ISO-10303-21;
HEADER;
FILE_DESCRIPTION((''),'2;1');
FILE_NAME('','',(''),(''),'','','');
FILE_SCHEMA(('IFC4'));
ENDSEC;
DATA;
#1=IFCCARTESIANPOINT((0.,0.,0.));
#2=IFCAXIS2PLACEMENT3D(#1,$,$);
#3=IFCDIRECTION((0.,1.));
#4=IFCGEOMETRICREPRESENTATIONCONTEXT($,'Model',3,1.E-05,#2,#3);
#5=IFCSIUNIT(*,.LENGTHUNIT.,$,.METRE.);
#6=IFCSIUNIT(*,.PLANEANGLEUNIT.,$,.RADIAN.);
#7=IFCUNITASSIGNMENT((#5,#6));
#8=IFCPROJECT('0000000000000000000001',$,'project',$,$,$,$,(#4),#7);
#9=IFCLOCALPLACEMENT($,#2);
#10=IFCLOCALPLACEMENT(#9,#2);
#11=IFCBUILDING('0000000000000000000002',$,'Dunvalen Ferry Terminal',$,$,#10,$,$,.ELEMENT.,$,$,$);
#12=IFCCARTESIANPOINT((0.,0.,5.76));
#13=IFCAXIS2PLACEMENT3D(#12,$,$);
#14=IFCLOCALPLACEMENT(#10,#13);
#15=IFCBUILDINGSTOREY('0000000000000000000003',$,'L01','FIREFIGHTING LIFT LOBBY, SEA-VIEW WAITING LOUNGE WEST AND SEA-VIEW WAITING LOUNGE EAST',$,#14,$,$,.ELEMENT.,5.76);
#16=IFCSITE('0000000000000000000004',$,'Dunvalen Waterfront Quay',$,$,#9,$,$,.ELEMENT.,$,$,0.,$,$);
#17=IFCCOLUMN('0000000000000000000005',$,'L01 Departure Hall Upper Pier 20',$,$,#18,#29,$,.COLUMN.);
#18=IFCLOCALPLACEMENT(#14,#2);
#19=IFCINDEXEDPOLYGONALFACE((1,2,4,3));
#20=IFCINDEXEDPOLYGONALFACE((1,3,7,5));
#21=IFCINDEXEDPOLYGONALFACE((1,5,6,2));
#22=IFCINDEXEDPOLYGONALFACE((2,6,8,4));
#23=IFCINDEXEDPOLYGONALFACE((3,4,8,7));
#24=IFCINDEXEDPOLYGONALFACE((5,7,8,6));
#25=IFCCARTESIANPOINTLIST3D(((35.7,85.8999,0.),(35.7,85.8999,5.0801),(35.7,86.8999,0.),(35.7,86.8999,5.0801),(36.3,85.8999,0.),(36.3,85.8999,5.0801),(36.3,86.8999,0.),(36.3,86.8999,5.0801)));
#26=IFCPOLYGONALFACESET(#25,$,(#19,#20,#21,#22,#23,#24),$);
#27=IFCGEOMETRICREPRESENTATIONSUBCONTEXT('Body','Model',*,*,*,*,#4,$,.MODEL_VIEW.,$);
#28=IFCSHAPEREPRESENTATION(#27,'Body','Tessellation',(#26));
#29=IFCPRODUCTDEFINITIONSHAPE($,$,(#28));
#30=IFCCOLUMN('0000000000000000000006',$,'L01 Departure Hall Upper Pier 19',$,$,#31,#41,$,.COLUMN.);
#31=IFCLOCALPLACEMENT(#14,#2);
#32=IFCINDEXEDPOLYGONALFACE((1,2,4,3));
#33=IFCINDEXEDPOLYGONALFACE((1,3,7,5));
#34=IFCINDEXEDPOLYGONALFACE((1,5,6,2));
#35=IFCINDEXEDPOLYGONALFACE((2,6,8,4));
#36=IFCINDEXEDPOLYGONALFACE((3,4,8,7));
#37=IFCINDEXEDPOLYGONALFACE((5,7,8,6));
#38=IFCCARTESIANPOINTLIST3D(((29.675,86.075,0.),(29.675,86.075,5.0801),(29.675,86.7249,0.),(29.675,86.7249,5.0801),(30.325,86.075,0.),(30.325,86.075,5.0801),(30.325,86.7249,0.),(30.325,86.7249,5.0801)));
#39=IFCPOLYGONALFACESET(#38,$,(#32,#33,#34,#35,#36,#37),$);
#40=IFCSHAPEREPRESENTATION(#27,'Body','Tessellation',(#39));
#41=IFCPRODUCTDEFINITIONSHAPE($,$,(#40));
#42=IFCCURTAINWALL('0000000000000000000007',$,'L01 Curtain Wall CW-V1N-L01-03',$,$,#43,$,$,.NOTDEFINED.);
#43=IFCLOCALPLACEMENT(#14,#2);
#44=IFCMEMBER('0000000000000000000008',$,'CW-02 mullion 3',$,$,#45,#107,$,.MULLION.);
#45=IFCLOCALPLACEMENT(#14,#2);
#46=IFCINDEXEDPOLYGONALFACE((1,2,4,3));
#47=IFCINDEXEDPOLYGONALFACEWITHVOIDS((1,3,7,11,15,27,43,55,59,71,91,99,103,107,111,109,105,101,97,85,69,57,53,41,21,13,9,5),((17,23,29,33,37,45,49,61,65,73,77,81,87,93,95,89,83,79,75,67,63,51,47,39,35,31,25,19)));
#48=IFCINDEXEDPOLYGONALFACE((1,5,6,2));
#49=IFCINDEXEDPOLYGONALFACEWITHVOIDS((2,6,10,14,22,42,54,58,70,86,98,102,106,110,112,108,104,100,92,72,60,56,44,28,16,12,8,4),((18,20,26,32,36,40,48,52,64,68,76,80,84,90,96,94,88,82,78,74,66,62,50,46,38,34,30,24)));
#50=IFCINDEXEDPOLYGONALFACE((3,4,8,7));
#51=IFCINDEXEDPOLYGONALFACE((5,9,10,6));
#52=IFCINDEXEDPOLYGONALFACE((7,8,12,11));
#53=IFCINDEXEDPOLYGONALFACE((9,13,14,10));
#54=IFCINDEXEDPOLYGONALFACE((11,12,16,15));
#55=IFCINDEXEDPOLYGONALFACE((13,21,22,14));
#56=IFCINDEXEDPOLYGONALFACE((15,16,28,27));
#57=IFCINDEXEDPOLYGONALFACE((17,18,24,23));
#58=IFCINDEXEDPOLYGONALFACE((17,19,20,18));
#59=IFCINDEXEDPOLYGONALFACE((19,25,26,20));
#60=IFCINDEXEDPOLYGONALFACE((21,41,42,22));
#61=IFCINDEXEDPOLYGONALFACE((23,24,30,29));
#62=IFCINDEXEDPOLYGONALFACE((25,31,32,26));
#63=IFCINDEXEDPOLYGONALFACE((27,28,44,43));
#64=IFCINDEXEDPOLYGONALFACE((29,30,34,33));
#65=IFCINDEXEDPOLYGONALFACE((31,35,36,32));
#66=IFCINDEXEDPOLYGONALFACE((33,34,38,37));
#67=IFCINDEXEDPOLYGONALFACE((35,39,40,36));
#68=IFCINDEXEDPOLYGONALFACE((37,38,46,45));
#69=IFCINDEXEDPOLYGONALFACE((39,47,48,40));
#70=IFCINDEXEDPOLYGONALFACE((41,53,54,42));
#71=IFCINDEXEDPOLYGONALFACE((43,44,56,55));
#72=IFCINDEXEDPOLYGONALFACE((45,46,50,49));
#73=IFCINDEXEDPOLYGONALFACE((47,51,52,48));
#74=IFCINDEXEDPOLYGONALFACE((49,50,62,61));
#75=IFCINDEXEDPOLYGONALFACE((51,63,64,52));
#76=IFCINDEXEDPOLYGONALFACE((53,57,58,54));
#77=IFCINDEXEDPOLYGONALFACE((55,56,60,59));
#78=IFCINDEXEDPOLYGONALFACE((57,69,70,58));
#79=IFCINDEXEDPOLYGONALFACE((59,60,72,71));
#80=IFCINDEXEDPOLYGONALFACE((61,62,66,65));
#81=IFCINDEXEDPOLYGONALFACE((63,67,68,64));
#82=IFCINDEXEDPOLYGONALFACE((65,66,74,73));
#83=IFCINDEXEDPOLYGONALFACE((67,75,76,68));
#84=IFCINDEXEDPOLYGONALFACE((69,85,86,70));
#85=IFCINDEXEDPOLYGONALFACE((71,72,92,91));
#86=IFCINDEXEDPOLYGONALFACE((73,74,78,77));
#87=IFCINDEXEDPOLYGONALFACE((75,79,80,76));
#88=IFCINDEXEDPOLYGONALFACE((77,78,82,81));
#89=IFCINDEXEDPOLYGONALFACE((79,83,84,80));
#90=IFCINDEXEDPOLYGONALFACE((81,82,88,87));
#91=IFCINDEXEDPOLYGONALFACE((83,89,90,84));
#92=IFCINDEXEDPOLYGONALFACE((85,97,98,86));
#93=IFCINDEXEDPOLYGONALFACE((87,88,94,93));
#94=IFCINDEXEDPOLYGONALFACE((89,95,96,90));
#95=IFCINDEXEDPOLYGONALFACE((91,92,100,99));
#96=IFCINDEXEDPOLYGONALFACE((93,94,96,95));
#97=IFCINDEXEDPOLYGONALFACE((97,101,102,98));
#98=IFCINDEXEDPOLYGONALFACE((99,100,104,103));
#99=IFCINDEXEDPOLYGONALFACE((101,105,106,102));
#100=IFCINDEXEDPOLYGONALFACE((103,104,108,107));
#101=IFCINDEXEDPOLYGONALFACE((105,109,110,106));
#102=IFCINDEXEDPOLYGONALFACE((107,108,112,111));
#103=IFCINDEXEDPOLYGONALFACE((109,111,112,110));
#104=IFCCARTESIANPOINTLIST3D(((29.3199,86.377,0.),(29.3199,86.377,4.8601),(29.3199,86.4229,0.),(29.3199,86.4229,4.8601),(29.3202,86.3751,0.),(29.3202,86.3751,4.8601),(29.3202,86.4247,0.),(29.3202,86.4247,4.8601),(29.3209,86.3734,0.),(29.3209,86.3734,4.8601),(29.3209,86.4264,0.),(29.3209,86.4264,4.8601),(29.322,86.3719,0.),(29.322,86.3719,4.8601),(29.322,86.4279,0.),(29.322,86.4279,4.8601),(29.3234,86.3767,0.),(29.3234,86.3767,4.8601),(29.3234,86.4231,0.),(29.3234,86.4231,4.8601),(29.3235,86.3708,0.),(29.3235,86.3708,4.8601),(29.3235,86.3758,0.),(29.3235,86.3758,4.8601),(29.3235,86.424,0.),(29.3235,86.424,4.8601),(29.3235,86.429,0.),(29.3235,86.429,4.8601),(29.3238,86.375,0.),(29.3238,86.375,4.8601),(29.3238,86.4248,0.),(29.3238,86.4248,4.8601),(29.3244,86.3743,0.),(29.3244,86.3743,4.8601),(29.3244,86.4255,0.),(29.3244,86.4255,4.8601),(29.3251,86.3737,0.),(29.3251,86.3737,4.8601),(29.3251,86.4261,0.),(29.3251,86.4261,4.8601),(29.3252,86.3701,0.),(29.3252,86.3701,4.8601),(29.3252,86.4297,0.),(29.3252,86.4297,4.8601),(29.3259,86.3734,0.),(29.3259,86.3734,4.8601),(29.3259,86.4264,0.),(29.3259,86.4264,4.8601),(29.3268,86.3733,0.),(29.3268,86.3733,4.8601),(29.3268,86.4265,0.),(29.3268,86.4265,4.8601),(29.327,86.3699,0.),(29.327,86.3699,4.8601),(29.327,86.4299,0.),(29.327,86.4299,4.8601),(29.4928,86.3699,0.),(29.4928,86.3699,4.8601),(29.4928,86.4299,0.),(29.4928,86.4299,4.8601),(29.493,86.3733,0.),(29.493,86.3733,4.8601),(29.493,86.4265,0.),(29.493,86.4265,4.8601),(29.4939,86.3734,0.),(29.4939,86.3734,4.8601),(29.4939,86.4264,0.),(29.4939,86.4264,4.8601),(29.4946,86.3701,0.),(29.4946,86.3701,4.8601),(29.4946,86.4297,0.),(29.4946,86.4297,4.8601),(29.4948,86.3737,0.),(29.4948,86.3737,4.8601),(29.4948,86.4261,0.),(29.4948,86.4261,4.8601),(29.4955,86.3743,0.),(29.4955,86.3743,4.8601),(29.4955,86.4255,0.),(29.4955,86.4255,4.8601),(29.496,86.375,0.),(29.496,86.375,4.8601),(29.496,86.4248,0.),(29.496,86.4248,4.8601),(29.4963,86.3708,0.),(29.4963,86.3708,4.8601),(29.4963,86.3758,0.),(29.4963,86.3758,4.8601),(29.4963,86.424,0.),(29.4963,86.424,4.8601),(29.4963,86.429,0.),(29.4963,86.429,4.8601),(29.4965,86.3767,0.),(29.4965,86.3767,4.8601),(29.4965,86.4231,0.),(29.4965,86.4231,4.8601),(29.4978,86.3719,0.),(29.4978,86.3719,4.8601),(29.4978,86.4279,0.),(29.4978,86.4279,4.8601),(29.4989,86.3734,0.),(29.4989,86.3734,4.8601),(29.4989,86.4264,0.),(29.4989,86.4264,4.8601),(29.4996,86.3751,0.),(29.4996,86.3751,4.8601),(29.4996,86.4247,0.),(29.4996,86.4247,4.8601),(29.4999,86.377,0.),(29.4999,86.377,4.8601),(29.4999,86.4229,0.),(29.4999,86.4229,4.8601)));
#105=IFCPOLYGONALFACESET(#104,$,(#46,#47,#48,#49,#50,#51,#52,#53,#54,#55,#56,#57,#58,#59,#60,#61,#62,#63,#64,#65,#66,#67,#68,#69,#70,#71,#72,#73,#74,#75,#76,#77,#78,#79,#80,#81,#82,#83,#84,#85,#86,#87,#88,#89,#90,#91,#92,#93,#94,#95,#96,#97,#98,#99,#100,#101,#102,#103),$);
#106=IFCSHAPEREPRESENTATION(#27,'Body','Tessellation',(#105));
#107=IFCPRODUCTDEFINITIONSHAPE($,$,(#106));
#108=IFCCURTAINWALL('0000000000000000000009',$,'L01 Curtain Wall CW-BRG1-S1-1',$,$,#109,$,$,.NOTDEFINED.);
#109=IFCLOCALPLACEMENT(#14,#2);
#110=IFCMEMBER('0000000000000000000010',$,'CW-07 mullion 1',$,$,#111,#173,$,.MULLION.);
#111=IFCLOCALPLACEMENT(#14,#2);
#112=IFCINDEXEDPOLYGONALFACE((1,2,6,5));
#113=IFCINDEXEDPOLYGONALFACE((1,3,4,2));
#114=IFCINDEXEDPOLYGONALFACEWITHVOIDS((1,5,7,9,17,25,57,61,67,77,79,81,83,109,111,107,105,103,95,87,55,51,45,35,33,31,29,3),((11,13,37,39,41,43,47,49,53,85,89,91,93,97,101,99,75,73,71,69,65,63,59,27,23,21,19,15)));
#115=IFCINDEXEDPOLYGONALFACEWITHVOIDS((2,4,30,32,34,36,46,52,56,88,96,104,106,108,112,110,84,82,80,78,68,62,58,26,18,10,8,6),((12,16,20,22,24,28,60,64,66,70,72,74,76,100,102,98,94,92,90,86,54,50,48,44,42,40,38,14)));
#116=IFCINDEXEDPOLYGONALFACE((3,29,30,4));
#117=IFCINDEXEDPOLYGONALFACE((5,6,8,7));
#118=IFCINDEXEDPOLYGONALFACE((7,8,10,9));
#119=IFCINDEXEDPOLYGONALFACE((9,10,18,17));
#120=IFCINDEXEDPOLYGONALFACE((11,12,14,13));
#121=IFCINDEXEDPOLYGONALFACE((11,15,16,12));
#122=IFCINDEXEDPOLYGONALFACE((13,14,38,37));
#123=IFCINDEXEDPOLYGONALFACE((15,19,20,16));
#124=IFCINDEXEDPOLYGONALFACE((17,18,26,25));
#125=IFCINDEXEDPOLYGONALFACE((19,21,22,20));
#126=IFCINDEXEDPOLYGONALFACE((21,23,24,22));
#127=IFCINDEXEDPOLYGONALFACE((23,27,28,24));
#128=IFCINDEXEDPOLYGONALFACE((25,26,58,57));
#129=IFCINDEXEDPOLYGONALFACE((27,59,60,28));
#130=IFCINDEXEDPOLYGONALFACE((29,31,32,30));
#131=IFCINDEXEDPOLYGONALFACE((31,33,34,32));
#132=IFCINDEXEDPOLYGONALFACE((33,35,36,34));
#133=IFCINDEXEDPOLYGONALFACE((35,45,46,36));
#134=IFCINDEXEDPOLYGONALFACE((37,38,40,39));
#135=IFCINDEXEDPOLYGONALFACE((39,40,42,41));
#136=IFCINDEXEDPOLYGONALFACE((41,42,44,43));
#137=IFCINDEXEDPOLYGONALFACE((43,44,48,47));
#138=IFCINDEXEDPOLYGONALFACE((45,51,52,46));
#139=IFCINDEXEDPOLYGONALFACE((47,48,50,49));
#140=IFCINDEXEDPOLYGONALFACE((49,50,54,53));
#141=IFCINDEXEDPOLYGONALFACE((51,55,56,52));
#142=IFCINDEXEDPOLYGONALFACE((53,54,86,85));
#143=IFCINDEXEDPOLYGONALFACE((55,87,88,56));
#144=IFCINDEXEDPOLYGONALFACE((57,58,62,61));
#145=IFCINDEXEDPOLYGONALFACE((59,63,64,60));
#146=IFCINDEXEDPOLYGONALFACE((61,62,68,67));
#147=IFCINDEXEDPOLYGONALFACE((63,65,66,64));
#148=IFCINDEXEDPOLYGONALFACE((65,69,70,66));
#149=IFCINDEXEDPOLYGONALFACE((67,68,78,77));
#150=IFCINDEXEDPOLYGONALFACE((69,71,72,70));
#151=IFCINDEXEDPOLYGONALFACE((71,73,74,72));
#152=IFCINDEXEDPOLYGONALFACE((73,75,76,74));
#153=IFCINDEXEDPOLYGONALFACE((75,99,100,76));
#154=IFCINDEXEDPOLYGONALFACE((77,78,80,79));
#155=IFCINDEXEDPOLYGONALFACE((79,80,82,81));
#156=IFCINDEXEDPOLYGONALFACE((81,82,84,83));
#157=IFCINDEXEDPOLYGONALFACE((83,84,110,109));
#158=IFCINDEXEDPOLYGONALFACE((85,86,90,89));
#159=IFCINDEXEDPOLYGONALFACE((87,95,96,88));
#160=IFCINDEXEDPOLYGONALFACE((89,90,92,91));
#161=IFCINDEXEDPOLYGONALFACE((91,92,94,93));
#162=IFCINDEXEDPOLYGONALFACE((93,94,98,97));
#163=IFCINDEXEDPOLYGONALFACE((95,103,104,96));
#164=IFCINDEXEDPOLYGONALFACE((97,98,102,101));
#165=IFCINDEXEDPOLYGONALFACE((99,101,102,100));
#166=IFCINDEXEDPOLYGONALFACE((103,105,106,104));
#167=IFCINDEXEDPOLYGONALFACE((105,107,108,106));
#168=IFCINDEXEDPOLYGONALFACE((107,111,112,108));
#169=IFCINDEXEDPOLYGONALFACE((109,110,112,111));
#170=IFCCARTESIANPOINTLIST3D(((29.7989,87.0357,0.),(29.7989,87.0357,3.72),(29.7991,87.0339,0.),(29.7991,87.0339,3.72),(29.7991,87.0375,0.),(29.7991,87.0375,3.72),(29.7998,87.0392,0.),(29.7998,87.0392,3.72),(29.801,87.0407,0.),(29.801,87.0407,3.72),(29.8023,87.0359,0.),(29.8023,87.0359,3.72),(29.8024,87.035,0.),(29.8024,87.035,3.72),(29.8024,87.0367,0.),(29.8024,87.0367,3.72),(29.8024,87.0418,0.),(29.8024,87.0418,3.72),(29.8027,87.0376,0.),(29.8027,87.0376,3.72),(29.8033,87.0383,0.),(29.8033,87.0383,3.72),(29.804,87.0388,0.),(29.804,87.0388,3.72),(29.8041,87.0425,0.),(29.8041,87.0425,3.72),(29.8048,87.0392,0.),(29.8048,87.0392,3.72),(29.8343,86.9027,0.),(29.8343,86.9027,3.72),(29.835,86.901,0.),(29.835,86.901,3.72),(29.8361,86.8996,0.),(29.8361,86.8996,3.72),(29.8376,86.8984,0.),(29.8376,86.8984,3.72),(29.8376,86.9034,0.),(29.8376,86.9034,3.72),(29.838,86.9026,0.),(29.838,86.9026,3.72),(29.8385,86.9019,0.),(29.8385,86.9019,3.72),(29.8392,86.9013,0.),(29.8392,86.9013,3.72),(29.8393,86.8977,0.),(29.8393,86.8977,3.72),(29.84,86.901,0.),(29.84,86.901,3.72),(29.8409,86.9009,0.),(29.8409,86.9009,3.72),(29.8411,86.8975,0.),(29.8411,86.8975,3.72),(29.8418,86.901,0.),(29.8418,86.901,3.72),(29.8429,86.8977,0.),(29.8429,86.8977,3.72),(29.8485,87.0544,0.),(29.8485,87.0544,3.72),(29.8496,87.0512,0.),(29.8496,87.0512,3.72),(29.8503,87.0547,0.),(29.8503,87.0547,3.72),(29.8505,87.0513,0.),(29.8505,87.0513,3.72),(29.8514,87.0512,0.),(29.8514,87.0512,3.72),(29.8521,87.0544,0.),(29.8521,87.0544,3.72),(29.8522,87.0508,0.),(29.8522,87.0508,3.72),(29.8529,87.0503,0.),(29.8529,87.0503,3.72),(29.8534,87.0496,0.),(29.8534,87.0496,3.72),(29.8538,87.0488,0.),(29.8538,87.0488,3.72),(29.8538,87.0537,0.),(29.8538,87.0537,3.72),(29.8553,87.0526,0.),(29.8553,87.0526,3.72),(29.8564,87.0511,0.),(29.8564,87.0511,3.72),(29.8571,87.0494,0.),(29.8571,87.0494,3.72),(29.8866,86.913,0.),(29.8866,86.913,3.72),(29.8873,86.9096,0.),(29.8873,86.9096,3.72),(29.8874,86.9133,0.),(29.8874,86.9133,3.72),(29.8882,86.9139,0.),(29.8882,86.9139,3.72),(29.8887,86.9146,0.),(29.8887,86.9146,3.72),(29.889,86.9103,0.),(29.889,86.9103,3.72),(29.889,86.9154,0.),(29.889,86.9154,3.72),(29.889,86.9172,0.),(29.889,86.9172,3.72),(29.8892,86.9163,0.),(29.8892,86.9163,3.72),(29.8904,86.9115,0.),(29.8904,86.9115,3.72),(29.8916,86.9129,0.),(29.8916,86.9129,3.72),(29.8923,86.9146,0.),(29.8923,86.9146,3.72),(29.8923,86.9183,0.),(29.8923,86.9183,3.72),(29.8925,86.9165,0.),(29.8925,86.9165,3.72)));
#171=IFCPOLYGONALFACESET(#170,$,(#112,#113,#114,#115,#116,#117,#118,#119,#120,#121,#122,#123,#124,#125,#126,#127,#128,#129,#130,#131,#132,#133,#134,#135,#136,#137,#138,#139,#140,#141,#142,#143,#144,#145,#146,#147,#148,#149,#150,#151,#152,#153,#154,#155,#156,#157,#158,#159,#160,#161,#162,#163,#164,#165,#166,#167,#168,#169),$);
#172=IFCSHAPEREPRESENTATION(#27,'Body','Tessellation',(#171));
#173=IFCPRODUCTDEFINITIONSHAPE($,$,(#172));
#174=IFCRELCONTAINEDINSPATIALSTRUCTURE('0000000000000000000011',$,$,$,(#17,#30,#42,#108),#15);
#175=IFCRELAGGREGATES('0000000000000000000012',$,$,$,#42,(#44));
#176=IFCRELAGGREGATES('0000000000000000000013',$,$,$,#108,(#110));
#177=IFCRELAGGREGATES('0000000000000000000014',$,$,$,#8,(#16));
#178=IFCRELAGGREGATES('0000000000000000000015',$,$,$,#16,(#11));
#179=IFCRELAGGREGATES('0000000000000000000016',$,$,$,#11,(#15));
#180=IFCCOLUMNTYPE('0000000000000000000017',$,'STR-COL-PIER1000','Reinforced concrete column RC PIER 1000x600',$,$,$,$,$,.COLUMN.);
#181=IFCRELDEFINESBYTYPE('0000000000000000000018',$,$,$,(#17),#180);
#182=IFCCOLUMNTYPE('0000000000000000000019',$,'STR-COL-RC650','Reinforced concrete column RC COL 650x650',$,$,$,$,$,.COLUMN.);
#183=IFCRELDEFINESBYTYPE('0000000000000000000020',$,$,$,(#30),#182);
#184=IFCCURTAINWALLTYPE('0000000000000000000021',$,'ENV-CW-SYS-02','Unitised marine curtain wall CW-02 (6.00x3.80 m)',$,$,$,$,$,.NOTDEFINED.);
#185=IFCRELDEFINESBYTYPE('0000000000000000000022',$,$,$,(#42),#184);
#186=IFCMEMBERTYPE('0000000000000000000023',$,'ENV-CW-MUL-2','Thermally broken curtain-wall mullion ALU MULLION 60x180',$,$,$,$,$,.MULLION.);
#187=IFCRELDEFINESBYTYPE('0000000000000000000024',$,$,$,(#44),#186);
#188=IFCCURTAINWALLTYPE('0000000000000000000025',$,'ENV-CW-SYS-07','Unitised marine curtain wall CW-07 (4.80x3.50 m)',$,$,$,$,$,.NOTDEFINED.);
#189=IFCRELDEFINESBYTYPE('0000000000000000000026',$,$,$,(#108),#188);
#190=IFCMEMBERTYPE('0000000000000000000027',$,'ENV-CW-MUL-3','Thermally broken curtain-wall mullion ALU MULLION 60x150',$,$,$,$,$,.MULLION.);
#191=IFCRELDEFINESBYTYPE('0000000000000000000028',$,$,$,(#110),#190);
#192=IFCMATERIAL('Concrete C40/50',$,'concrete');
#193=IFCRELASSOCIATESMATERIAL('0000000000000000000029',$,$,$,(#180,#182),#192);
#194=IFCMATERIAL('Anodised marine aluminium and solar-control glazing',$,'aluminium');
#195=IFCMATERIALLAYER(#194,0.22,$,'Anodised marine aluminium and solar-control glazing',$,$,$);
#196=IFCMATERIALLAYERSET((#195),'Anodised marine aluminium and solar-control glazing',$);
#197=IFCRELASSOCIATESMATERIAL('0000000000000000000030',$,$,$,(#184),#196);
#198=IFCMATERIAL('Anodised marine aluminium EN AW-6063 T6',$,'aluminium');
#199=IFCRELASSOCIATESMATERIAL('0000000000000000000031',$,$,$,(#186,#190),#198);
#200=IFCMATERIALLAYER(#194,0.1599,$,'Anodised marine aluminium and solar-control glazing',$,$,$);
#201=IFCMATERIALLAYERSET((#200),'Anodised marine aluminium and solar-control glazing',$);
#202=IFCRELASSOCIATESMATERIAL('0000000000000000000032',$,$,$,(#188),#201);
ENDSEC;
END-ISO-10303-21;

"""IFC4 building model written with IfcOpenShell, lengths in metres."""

from ifc_helpers import new_model, si_unit, direction, frame, origin, origin_2d, place, context, subcontext, project, spatial, rectangle, hollow_rectangle, extrude, material, layer, layer_set, material_profile, profile_set, type_object, element, aggregate, save


model = new_model("IFC4")

# Units and contexts
model_context = context("Model", 3, precision=1e-05, world=origin(), true_north=direction((0.0, 1.0)))
body_context = subcontext(model_context, "Body", "Model", "MODEL_VIEW")
ifc_project = project(units=[si_unit("LENGTHUNIT", "METRE"), si_unit("PLANEANGLEUNIT", "RADIAN")], contexts=[model_context])

# Site, building, storey
site_placement = place(None, origin())
site = spatial("IfcSite", under=ifc_project, at=site_placement, Name="Dunvalen Waterfront Quay", CompositionType="ELEMENT", RefElevation=0.0)
building_placement = place(site_placement, origin())
building = spatial("IfcBuilding", under=site, at=building_placement, Name="Dunvalen Ferry Terminal", CompositionType="ELEMENT")
storey_placement = place(building_placement, frame((0.0, 0.0, 5.76)))
storey = spatial("IfcBuildingStorey", under=building, at=storey_placement, Name="L01", Description="FIREFIGHTING LIFT LOBBY, SEA-VIEW WAITING LOUNGE WEST AND SEA-VIEW WAITING LOUNGE EAST", CompositionType="ELEMENT", Elevation=5.76)

# Columns
ifc_material_1 = material(Name="Concrete C40/50", Category="concrete")
ifc_material_profile_1 = material_profile(ifc_material_1, rectangle(XDim=0.6001, YDim=1.0, at=origin_2d()), Name="Concrete C40/50")
ifc_profile_set_1 = profile_set([ifc_material_profile_1], Name="Concrete C40/50")
column_type_1 = type_object("IfcColumnType", Name="STR-COL-PIER1000", Description="Reinforced concrete column RC PIER 1000x600", PredefinedType="COLUMN", material=ifc_profile_set_1)
column_1_placement = place(storey_placement, frame((36.0, 86.3999, 0.0), z_axis=(0.0, 0.0, 1.0), x_axis=(1.0, 0.0, 0.0)))
element("IfcColumn", 1, at=column_1_placement, inside=storey, type_object=column_type_1, Name="L01 Departure Hall Upper Pier 20", PredefinedType="COLUMN", context=body_context, shape_type="SweptSolid", body=[
    extrude(rectangle(XDim=0.6001, YDim=1.0, at=origin_2d()), origin(), (0.0, 0.0, 1.0), 5.0801),
])
ifc_material_profile_2 = material_profile(ifc_material_1, rectangle(XDim=0.6499, YDim=0.6499, at=origin_2d()), Name="Concrete C40/50")
ifc_profile_set_2 = profile_set([ifc_material_profile_2], Name="Concrete C40/50")
column_type_2 = type_object("IfcColumnType", Name="STR-COL-RC650", Description="Reinforced concrete column RC COL 650x650", PredefinedType="COLUMN", material=ifc_profile_set_2)
column_2_placement = place(storey_placement, frame((30.0, 86.3999, 0.0), z_axis=(0.0, 0.0, 1.0), x_axis=(1.0, 0.0, 0.0)))
element("IfcColumn", 2, at=column_2_placement, inside=storey, type_object=column_type_2, Name="L01 Departure Hall Upper Pier 19", PredefinedType="COLUMN", context=body_context, shape_type="SweptSolid", body=[
    extrude(rectangle(XDim=0.6499, YDim=0.6499, at=origin_2d()), origin(), (0.0, 0.0, 1.0), 5.0801),
])

# Curtain wall, member
ifc_material_2 = material(Name="Anodised marine aluminium and solar-control glazing", Category="aluminium")
ifc_layer_1 = layer(ifc_material_2, 0.22, Name="Anodised marine aluminium and solar-control glazing")
ifc_layer_set_1 = layer_set([ifc_layer_1], Name="Anodised marine aluminium and solar-control glazing")
curtain_wall_type_1 = type_object("IfcCurtainWallType", Name="ENV-CW-SYS-02", Description="Unitised marine curtain wall CW-02 (6.00x3.80 m)", PredefinedType="NOTDEFINED", material=ifc_layer_set_1)
curtain_wall_1_placement = place(storey_placement, origin())
curtain_wall_1 = element("IfcCurtainWall", 3, at=curtain_wall_1_placement, inside=storey, type_object=curtain_wall_type_1, Name="L01 Curtain Wall CW-V1N-L01-03", PredefinedType="NOTDEFINED")
ifc_material_3 = material(Name="Anodised marine aluminium EN AW-6063 T6", Category="aluminium")
ifc_material_profile_3 = material_profile(ifc_material_3, hollow_rectangle(XDim=0.0601, YDim=0.1799, WallThickness=0.0034, InnerFilletRadius=0.0034, OuterFilletRadius=0.0071, at=origin_2d()), Name="Anodised marine aluminium EN AW-6063 T6")
ifc_profile_set_3 = profile_set([ifc_material_profile_3], Name="Anodised marine aluminium EN AW-6063 T6")
member_type_1 = type_object("IfcMemberType", Name="ENV-CW-MUL-2", Description="Thermally broken curtain-wall mullion ALU MULLION 60x180", PredefinedType="MULLION", material=ifc_profile_set_3)
member_1_placement = place(storey_placement, frame((29.4099, 86.3999, 0.0), z_axis=(0.0, 0.0, 1.0), x_axis=(0.0, 1.0, 0.0)))
member_1 = element("IfcMember", 4, at=member_1_placement, type_object=member_type_1, Name="CW-02 mullion 3", PredefinedType="MULLION", context=body_context, shape_type="SweptSolid", body=[
    extrude(hollow_rectangle(XDim=0.0601, YDim=0.1799, WallThickness=0.0034, InnerFilletRadius=0.0034, OuterFilletRadius=0.0071, at=origin_2d()), origin(), (0.0, 0.0, 1.0), 4.8601),
])

# Curtain wall, member
ifc_layer_2 = layer(ifc_material_2, 0.1599, Name="Anodised marine aluminium and solar-control glazing")
ifc_layer_set_2 = layer_set([ifc_layer_2], Name="Anodised marine aluminium and solar-control glazing")
curtain_wall_type_2 = type_object("IfcCurtainWallType", Name="ENV-CW-SYS-07", Description="Unitised marine curtain wall CW-07 (4.80x3.50 m)", PredefinedType="NOTDEFINED", material=ifc_layer_set_2)
curtain_wall_2_placement = place(storey_placement, origin())
curtain_wall_2 = element("IfcCurtainWall", 5, at=curtain_wall_2_placement, inside=storey, type_object=curtain_wall_type_2, Name="L01 Curtain Wall CW-BRG1-S1-1", PredefinedType="NOTDEFINED")
ifc_material_profile_4 = material_profile(ifc_material_3, hollow_rectangle(XDim=0.0601, YDim=0.1499, WallThickness=0.0034, InnerFilletRadius=0.0034, OuterFilletRadius=0.0071, at=origin_2d()), Name="Anodised marine aluminium EN AW-6063 T6")
ifc_profile_set_4 = profile_set([ifc_material_profile_4], Name="Anodised marine aluminium EN AW-6063 T6")
member_type_2 = type_object("IfcMemberType", Name="ENV-CW-MUL-3", Description="Thermally broken curtain-wall mullion ALU MULLION 60x150", PredefinedType="MULLION", material=ifc_profile_set_4)
member_2_placement = place(storey_placement, frame((29.8457, 86.9761, 0.0), z_axis=(0.0, 0.0, 1.0), x_axis=(-0.965919, -0.258843, 0.0)))
member_2 = element("IfcMember", 6, at=member_2_placement, type_object=member_type_2, Name="CW-07 mullion 1", PredefinedType="MULLION", context=body_context, shape_type="SweptSolid", body=[
    extrude(hollow_rectangle(XDim=0.0601, YDim=0.1499, WallThickness=0.0034, InnerFilletRadius=0.0034, OuterFilletRadius=0.0071, at=origin_2d()), origin(), (0.0, 0.0, 1.0), 3.72),
])

aggregate(curtain_wall_1, [member_1])
aggregate(curtain_wall_2, [member_2])

save(model, "model.ifc")
